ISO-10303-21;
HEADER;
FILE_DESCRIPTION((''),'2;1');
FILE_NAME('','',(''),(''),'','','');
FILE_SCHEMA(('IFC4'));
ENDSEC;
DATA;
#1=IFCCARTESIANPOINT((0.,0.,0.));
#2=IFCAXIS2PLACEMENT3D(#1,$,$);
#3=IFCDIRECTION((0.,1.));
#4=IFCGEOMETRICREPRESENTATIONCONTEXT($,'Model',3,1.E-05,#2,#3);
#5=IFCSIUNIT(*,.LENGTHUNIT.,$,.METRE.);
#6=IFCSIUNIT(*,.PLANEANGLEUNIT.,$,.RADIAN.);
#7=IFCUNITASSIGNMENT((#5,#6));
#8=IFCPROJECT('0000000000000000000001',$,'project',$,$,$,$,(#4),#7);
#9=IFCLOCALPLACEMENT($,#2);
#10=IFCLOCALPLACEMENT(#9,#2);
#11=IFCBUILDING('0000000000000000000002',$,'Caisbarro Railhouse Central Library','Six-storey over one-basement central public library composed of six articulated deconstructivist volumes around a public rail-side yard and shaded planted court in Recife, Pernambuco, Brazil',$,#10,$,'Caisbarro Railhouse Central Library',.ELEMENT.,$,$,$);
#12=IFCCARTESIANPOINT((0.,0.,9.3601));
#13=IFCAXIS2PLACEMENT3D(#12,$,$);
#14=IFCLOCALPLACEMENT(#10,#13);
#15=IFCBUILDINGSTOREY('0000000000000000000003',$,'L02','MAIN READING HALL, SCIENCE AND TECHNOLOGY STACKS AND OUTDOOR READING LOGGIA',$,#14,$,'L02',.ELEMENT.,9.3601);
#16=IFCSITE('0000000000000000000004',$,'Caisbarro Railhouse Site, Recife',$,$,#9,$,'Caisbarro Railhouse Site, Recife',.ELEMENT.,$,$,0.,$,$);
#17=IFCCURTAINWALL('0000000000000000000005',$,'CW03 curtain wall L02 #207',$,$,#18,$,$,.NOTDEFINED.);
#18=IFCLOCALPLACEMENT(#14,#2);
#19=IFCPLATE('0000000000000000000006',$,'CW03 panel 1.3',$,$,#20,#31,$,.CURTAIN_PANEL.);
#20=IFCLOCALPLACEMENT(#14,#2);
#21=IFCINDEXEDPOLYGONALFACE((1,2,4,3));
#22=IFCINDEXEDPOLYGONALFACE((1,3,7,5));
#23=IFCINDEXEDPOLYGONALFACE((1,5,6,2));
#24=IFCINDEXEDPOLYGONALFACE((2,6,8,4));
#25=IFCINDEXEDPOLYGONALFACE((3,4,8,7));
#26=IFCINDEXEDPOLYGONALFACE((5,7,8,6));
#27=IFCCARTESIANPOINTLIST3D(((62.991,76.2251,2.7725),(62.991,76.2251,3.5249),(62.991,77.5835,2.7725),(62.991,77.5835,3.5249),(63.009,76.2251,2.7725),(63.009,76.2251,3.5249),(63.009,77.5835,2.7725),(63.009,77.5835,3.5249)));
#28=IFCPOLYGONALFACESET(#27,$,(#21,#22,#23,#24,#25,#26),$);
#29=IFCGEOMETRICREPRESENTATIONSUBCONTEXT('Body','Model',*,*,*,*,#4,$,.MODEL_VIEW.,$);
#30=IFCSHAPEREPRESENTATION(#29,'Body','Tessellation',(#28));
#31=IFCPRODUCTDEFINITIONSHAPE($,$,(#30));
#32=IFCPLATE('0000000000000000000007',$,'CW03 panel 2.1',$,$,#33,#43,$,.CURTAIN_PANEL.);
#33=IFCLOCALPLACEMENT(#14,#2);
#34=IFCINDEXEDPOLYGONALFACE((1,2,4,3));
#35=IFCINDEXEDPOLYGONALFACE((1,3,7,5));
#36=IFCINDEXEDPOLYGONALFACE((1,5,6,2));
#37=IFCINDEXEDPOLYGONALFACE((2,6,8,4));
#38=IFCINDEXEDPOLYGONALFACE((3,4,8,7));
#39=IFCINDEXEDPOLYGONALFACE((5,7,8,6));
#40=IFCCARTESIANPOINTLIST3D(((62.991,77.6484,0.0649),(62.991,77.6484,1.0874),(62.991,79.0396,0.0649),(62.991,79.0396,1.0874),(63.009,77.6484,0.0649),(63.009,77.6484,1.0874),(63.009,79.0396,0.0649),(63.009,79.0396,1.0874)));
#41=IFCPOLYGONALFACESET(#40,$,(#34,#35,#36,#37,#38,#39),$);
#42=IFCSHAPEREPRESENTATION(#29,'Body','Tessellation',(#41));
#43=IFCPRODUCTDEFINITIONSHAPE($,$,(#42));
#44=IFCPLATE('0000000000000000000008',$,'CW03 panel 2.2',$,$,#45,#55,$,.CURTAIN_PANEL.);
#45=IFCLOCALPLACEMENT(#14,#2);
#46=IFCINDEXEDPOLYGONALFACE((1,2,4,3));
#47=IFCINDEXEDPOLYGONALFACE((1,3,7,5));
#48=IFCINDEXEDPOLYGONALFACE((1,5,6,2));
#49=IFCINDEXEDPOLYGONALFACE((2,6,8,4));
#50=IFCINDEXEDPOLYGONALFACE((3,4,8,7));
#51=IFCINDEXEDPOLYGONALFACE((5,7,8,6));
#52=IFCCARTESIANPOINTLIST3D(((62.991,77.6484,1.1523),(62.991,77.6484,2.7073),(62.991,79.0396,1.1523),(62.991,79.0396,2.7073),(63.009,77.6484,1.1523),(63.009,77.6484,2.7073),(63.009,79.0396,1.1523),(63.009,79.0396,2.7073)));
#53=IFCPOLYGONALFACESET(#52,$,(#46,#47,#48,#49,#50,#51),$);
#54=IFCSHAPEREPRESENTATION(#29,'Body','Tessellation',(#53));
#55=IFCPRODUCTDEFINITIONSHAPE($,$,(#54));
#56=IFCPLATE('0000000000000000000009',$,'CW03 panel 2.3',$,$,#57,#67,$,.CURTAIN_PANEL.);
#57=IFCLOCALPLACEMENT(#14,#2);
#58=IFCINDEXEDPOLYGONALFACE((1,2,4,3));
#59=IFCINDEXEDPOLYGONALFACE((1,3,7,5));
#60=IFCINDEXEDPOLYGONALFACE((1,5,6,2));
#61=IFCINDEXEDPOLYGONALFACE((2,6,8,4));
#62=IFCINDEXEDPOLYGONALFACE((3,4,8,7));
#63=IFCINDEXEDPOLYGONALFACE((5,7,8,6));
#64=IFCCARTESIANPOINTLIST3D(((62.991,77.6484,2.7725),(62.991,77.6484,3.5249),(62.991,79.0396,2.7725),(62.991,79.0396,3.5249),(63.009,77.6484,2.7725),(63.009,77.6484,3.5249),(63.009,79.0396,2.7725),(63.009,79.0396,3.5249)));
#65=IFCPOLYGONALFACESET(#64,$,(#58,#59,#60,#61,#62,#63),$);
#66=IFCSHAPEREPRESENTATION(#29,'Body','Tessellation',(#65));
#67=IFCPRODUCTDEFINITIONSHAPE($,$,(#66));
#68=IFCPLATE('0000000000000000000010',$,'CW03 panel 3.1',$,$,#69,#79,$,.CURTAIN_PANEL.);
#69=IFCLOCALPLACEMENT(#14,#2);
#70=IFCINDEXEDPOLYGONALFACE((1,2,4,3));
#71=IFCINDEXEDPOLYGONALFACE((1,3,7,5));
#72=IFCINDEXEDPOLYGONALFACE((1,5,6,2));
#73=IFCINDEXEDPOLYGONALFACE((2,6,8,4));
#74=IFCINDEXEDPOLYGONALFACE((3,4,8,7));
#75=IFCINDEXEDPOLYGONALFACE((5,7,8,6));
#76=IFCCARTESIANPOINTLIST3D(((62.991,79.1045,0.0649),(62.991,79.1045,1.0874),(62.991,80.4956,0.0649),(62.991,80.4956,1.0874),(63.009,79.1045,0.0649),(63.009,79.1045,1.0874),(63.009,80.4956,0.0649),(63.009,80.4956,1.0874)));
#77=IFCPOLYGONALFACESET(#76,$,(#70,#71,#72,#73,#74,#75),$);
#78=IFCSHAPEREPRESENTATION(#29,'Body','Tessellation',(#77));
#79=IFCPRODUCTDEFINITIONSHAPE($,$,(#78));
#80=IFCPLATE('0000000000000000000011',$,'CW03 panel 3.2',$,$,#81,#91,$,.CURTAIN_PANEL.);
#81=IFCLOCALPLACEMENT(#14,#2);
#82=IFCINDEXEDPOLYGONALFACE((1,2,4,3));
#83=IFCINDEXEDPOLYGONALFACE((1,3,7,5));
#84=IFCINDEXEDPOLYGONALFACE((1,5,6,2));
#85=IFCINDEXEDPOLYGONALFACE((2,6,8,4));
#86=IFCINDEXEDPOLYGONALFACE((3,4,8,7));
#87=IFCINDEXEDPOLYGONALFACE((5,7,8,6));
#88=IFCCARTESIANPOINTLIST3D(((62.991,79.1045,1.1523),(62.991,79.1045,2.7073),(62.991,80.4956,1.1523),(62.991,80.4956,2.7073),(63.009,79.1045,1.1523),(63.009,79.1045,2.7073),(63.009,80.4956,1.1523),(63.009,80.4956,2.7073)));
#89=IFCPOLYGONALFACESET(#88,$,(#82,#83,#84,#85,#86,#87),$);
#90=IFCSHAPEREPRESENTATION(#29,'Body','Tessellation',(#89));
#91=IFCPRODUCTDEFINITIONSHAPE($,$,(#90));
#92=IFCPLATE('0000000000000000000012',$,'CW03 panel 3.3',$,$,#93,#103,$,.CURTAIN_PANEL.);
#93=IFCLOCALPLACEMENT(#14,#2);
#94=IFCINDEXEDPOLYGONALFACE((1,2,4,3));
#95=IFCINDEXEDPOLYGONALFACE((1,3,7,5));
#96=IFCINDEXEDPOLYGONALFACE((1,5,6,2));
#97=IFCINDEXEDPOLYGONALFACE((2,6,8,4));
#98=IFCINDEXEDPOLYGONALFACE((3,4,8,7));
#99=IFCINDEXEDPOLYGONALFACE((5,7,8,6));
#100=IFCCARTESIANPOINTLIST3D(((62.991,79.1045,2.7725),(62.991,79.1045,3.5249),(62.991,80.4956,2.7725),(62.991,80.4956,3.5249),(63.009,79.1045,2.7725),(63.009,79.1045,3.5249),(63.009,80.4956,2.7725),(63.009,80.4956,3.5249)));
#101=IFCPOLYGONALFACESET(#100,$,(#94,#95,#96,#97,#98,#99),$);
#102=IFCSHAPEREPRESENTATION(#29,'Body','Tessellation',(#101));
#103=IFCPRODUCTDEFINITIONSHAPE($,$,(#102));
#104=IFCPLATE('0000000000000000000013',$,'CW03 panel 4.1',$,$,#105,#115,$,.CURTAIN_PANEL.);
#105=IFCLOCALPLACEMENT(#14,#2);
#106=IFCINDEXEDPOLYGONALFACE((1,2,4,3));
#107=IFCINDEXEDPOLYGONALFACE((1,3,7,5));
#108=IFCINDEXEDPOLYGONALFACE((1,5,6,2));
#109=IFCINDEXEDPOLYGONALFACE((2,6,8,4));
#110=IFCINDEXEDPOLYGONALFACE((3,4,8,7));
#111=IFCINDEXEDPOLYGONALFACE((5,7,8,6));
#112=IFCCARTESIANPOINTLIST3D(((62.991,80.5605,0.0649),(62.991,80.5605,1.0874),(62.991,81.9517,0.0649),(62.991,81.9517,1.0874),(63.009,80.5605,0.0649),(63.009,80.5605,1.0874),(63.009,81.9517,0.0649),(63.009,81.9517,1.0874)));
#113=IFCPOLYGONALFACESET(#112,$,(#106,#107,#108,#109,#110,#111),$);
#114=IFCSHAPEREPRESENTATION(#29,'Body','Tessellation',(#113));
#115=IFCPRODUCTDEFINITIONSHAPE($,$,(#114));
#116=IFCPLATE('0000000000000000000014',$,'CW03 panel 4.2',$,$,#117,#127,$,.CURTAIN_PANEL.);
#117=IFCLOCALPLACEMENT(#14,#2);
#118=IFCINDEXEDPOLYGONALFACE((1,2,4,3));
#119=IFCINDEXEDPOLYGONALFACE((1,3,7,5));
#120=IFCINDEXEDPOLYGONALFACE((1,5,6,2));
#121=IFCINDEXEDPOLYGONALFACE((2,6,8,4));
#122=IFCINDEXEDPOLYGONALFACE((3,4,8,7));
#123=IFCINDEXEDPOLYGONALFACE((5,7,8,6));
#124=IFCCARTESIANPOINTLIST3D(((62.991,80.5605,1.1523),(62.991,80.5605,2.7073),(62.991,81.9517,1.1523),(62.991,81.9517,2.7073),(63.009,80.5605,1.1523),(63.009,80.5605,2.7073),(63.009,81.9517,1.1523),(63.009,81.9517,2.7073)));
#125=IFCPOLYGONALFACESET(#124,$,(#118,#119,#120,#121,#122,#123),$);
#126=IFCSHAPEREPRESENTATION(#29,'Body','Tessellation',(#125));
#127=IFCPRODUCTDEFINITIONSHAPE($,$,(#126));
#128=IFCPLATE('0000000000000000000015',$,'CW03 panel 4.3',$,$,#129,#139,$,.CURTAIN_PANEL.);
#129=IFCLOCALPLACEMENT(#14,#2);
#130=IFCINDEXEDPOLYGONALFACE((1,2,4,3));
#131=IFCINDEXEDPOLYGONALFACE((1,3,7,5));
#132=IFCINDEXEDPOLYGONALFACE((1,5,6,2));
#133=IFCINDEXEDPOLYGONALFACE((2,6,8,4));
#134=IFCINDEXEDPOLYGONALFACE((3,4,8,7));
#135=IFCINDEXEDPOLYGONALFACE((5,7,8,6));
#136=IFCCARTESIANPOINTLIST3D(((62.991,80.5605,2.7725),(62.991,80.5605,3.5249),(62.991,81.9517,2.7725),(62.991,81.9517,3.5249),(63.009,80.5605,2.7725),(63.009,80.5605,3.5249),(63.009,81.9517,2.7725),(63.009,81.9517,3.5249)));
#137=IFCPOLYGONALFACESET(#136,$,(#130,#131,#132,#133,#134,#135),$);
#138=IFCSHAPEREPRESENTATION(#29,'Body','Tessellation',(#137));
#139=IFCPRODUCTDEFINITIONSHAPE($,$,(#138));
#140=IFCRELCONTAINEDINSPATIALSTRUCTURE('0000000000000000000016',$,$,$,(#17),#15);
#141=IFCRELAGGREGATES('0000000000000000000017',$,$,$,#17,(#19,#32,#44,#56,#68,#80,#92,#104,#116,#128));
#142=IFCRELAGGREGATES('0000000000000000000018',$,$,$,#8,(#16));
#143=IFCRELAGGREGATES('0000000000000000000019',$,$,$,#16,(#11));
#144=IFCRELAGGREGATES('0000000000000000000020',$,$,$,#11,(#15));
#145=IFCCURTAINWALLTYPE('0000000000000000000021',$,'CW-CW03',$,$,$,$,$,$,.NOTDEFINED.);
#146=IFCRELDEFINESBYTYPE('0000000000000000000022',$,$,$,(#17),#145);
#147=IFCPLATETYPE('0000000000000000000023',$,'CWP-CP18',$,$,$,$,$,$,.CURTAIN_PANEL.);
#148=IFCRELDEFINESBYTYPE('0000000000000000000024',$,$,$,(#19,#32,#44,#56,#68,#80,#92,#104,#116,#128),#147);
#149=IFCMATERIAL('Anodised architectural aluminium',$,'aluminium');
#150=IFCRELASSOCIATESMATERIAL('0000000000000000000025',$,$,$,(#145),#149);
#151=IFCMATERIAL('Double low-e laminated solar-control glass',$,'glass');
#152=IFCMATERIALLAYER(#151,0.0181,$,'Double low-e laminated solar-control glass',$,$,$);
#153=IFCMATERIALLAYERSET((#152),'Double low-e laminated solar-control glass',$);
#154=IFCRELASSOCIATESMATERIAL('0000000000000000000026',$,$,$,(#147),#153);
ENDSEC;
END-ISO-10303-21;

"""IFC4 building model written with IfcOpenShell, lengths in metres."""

from ifc_helpers import new_model, si_unit, direction, frame, origin, origin_2d, place, context, subcontext, project, spatial, rectangle, extrude, material, layer, layer_set, type_object, element, aggregate, save


model = new_model("IFC4")

# Units and contexts
model_context = context("Model", 3, precision=1e-05, world=origin(), true_north=direction((0.0, 1.0)))
body_context = subcontext(model_context, "Body", "Model", "MODEL_VIEW")
ifc_project = project(units=[si_unit("LENGTHUNIT", "METRE"), si_unit("PLANEANGLEUNIT", "RADIAN")], contexts=[model_context])

# Site, building, storey
site_placement = place(None, origin())
site = spatial("IfcSite", under=ifc_project, at=site_placement, Name="Caisbarro Railhouse Site, Recife", LongName="Caisbarro Railhouse Site, Recife", CompositionType="ELEMENT", RefElevation=0.0)
building_placement = place(site_placement, origin())
building = spatial("IfcBuilding", under=site, at=building_placement, Name="Caisbarro Railhouse Central Library", Description="Six-storey over one-basement central public library composed of six articulated deconstructivist volumes around a public rail-side yard and shaded planted court in Recife, Pernambuco, Brazil", LongName="Caisbarro Railhouse Central Library", CompositionType="ELEMENT")
storey_placement = place(building_placement, frame((0.0, 0.0, 9.3601)))
storey = spatial("IfcBuildingStorey", under=building, at=storey_placement, Name="L02", Description="MAIN READING HALL, SCIENCE AND TECHNOLOGY STACKS AND OUTDOOR READING LOGGIA", LongName="L02", CompositionType="ELEMENT", Elevation=9.3601)

# Curtain wall, plates
ifc_material_1 = material(Name="Anodised architectural aluminium", Category="aluminium")
curtain_wall_type = type_object("IfcCurtainWallType", Name="CW-CW03", PredefinedType="NOTDEFINED", material=ifc_material_1)
curtain_wall_placement = place(storey_placement, origin())
curtain_wall = element("IfcCurtainWall", 1, at=curtain_wall_placement, inside=storey, type_object=curtain_wall_type, Name="CW03 curtain wall L02 #207", PredefinedType="NOTDEFINED")
ifc_material_2 = material(Name="Double low-e laminated solar-control glass", Category="glass")
ifc_layer = layer(ifc_material_2, 0.0181, Name="Double low-e laminated solar-control glass")
ifc_layer_set = layer_set([ifc_layer], Name="Double low-e laminated solar-control glass")
plate_type = type_object("IfcPlateType", Name="CWP-CP18", PredefinedType="CURTAIN_PANEL", material=ifc_layer_set)
plate_1_placement = place(storey_placement, frame((63.0, 76.9043, 2.7725), z_axis=(0.0, 0.0, 1.0), x_axis=(0.0, 1.0, 0.0)))
plate_1 = element("IfcPlate", 2, at=plate_1_placement, type_object=plate_type, Name="CW03 panel 1.3", PredefinedType="CURTAIN_PANEL", context=body_context, shape_type="SweptSolid", body=[
    extrude(rectangle(XDim=1.3584, YDim=0.0181, at=origin_2d()), origin(), (0.0, 0.0, 1.0), 0.7524),
])
plate_2_placement = place(storey_placement, frame((63.0, 78.344, 0.0649), z_axis=(0.0, 0.0, 1.0), x_axis=(0.0, 1.0, 0.0)))
plate_2 = element("IfcPlate", 3, at=plate_2_placement, type_object=plate_type, Name="CW03 panel 2.1", PredefinedType="CURTAIN_PANEL", context=body_context, shape_type="SweptSolid", body=[
    extrude(rectangle(XDim=1.3911, YDim=0.0181, at=origin_2d()), origin(), (0.0, 0.0, 1.0), 1.0225),
])
plate_3_placement = place(storey_placement, frame((63.0, 78.344, 1.1523), z_axis=(0.0, 0.0, 1.0), x_axis=(0.0, 1.0, 0.0)))
plate_3 = element("IfcPlate", 4, at=plate_3_placement, type_object=plate_type, Name="CW03 panel 2.2", PredefinedType="CURTAIN_PANEL", context=body_context, shape_type="SweptSolid", body=[
    extrude(rectangle(XDim=1.3911, YDim=0.0181, at=origin_2d()), origin(), (0.0, 0.0, 1.0), 1.5549),
])
plate_4_placement = place(storey_placement, frame((63.0, 78.344, 2.7725), z_axis=(0.0, 0.0, 1.0), x_axis=(0.0, 1.0, 0.0)))
plate_4 = element("IfcPlate", 5, at=plate_4_placement, type_object=plate_type, Name="CW03 panel 2.3", PredefinedType="CURTAIN_PANEL", context=body_context, shape_type="SweptSolid", body=[
    extrude(rectangle(XDim=1.3911, YDim=0.0181, at=origin_2d()), origin(), (0.0, 0.0, 1.0), 0.7524),
])
plate_5_placement = place(storey_placement, frame((63.0, 79.8, 0.0649), z_axis=(0.0, 0.0, 1.0), x_axis=(0.0, 1.0, 0.0)))
plate_5 = element("IfcPlate", 6, at=plate_5_placement, type_object=plate_type, Name="CW03 panel 3.1", PredefinedType="CURTAIN_PANEL", context=body_context, shape_type="SweptSolid", body=[
    extrude(rectangle(XDim=1.3911, YDim=0.0181, at=origin_2d()), origin(), (0.0, 0.0, 1.0), 1.0225),
])
plate_6_placement = place(storey_placement, frame((63.0, 79.8, 1.1523), z_axis=(0.0, 0.0, 1.0), x_axis=(0.0, 1.0, 0.0)))
plate_6 = element("IfcPlate", 7, at=plate_6_placement, type_object=plate_type, Name="CW03 panel 3.2", PredefinedType="CURTAIN_PANEL", context=body_context, shape_type="SweptSolid", body=[
    extrude(rectangle(XDim=1.3911, YDim=0.0181, at=origin_2d()), origin(), (0.0, 0.0, 1.0), 1.5549),
])
plate_7_placement = place(storey_placement, frame((63.0, 79.8, 2.7725), z_axis=(0.0, 0.0, 1.0), x_axis=(0.0, 1.0, 0.0)))
plate_7 = element("IfcPlate", 8, at=plate_7_placement, type_object=plate_type, Name="CW03 panel 3.3", PredefinedType="CURTAIN_PANEL", context=body_context, shape_type="SweptSolid", body=[
    extrude(rectangle(XDim=1.3911, YDim=0.0181, at=origin_2d()), origin(), (0.0, 0.0, 1.0), 0.7524),
])
plate_8_placement = place(storey_placement, frame((63.0, 81.2561, 0.0649), z_axis=(0.0, 0.0, 1.0), x_axis=(0.0, 1.0, 0.0)))
plate_8 = element("IfcPlate", 9, at=plate_8_placement, type_object=plate_type, Name="CW03 panel 4.1", PredefinedType="CURTAIN_PANEL", context=body_context, shape_type="SweptSolid", body=[
    extrude(rectangle(XDim=1.3911, YDim=0.0181, at=origin_2d()), origin(), (0.0, 0.0, 1.0), 1.0225),
])
plate_9_placement = place(storey_placement, frame((63.0, 81.2561, 1.1523), z_axis=(0.0, 0.0, 1.0), x_axis=(0.0, 1.0, 0.0)))
plate_9 = element("IfcPlate", 10, at=plate_9_placement, type_object=plate_type, Name="CW03 panel 4.2", PredefinedType="CURTAIN_PANEL", context=body_context, shape_type="SweptSolid", body=[
    extrude(rectangle(XDim=1.3911, YDim=0.0181, at=origin_2d()), origin(), (0.0, 0.0, 1.0), 1.5549),
])
plate_10_placement = place(storey_placement, frame((63.0, 81.2561, 2.7725), z_axis=(0.0, 0.0, 1.0), x_axis=(0.0, 1.0, 0.0)))
plate_10 = element("IfcPlate", 11, at=plate_10_placement, type_object=plate_type, Name="CW03 panel 4.3", PredefinedType="CURTAIN_PANEL", context=body_context, shape_type="SweptSolid", body=[
    extrude(rectangle(XDim=1.3911, YDim=0.0181, at=origin_2d()), origin(), (0.0, 0.0, 1.0), 0.7524),
])
aggregate(curtain_wall, [plate_1, plate_2, plate_3, plate_4, plate_5, plate_6, plate_7, plate_8, plate_9, plate_10])

save(model, "model.ifc")
